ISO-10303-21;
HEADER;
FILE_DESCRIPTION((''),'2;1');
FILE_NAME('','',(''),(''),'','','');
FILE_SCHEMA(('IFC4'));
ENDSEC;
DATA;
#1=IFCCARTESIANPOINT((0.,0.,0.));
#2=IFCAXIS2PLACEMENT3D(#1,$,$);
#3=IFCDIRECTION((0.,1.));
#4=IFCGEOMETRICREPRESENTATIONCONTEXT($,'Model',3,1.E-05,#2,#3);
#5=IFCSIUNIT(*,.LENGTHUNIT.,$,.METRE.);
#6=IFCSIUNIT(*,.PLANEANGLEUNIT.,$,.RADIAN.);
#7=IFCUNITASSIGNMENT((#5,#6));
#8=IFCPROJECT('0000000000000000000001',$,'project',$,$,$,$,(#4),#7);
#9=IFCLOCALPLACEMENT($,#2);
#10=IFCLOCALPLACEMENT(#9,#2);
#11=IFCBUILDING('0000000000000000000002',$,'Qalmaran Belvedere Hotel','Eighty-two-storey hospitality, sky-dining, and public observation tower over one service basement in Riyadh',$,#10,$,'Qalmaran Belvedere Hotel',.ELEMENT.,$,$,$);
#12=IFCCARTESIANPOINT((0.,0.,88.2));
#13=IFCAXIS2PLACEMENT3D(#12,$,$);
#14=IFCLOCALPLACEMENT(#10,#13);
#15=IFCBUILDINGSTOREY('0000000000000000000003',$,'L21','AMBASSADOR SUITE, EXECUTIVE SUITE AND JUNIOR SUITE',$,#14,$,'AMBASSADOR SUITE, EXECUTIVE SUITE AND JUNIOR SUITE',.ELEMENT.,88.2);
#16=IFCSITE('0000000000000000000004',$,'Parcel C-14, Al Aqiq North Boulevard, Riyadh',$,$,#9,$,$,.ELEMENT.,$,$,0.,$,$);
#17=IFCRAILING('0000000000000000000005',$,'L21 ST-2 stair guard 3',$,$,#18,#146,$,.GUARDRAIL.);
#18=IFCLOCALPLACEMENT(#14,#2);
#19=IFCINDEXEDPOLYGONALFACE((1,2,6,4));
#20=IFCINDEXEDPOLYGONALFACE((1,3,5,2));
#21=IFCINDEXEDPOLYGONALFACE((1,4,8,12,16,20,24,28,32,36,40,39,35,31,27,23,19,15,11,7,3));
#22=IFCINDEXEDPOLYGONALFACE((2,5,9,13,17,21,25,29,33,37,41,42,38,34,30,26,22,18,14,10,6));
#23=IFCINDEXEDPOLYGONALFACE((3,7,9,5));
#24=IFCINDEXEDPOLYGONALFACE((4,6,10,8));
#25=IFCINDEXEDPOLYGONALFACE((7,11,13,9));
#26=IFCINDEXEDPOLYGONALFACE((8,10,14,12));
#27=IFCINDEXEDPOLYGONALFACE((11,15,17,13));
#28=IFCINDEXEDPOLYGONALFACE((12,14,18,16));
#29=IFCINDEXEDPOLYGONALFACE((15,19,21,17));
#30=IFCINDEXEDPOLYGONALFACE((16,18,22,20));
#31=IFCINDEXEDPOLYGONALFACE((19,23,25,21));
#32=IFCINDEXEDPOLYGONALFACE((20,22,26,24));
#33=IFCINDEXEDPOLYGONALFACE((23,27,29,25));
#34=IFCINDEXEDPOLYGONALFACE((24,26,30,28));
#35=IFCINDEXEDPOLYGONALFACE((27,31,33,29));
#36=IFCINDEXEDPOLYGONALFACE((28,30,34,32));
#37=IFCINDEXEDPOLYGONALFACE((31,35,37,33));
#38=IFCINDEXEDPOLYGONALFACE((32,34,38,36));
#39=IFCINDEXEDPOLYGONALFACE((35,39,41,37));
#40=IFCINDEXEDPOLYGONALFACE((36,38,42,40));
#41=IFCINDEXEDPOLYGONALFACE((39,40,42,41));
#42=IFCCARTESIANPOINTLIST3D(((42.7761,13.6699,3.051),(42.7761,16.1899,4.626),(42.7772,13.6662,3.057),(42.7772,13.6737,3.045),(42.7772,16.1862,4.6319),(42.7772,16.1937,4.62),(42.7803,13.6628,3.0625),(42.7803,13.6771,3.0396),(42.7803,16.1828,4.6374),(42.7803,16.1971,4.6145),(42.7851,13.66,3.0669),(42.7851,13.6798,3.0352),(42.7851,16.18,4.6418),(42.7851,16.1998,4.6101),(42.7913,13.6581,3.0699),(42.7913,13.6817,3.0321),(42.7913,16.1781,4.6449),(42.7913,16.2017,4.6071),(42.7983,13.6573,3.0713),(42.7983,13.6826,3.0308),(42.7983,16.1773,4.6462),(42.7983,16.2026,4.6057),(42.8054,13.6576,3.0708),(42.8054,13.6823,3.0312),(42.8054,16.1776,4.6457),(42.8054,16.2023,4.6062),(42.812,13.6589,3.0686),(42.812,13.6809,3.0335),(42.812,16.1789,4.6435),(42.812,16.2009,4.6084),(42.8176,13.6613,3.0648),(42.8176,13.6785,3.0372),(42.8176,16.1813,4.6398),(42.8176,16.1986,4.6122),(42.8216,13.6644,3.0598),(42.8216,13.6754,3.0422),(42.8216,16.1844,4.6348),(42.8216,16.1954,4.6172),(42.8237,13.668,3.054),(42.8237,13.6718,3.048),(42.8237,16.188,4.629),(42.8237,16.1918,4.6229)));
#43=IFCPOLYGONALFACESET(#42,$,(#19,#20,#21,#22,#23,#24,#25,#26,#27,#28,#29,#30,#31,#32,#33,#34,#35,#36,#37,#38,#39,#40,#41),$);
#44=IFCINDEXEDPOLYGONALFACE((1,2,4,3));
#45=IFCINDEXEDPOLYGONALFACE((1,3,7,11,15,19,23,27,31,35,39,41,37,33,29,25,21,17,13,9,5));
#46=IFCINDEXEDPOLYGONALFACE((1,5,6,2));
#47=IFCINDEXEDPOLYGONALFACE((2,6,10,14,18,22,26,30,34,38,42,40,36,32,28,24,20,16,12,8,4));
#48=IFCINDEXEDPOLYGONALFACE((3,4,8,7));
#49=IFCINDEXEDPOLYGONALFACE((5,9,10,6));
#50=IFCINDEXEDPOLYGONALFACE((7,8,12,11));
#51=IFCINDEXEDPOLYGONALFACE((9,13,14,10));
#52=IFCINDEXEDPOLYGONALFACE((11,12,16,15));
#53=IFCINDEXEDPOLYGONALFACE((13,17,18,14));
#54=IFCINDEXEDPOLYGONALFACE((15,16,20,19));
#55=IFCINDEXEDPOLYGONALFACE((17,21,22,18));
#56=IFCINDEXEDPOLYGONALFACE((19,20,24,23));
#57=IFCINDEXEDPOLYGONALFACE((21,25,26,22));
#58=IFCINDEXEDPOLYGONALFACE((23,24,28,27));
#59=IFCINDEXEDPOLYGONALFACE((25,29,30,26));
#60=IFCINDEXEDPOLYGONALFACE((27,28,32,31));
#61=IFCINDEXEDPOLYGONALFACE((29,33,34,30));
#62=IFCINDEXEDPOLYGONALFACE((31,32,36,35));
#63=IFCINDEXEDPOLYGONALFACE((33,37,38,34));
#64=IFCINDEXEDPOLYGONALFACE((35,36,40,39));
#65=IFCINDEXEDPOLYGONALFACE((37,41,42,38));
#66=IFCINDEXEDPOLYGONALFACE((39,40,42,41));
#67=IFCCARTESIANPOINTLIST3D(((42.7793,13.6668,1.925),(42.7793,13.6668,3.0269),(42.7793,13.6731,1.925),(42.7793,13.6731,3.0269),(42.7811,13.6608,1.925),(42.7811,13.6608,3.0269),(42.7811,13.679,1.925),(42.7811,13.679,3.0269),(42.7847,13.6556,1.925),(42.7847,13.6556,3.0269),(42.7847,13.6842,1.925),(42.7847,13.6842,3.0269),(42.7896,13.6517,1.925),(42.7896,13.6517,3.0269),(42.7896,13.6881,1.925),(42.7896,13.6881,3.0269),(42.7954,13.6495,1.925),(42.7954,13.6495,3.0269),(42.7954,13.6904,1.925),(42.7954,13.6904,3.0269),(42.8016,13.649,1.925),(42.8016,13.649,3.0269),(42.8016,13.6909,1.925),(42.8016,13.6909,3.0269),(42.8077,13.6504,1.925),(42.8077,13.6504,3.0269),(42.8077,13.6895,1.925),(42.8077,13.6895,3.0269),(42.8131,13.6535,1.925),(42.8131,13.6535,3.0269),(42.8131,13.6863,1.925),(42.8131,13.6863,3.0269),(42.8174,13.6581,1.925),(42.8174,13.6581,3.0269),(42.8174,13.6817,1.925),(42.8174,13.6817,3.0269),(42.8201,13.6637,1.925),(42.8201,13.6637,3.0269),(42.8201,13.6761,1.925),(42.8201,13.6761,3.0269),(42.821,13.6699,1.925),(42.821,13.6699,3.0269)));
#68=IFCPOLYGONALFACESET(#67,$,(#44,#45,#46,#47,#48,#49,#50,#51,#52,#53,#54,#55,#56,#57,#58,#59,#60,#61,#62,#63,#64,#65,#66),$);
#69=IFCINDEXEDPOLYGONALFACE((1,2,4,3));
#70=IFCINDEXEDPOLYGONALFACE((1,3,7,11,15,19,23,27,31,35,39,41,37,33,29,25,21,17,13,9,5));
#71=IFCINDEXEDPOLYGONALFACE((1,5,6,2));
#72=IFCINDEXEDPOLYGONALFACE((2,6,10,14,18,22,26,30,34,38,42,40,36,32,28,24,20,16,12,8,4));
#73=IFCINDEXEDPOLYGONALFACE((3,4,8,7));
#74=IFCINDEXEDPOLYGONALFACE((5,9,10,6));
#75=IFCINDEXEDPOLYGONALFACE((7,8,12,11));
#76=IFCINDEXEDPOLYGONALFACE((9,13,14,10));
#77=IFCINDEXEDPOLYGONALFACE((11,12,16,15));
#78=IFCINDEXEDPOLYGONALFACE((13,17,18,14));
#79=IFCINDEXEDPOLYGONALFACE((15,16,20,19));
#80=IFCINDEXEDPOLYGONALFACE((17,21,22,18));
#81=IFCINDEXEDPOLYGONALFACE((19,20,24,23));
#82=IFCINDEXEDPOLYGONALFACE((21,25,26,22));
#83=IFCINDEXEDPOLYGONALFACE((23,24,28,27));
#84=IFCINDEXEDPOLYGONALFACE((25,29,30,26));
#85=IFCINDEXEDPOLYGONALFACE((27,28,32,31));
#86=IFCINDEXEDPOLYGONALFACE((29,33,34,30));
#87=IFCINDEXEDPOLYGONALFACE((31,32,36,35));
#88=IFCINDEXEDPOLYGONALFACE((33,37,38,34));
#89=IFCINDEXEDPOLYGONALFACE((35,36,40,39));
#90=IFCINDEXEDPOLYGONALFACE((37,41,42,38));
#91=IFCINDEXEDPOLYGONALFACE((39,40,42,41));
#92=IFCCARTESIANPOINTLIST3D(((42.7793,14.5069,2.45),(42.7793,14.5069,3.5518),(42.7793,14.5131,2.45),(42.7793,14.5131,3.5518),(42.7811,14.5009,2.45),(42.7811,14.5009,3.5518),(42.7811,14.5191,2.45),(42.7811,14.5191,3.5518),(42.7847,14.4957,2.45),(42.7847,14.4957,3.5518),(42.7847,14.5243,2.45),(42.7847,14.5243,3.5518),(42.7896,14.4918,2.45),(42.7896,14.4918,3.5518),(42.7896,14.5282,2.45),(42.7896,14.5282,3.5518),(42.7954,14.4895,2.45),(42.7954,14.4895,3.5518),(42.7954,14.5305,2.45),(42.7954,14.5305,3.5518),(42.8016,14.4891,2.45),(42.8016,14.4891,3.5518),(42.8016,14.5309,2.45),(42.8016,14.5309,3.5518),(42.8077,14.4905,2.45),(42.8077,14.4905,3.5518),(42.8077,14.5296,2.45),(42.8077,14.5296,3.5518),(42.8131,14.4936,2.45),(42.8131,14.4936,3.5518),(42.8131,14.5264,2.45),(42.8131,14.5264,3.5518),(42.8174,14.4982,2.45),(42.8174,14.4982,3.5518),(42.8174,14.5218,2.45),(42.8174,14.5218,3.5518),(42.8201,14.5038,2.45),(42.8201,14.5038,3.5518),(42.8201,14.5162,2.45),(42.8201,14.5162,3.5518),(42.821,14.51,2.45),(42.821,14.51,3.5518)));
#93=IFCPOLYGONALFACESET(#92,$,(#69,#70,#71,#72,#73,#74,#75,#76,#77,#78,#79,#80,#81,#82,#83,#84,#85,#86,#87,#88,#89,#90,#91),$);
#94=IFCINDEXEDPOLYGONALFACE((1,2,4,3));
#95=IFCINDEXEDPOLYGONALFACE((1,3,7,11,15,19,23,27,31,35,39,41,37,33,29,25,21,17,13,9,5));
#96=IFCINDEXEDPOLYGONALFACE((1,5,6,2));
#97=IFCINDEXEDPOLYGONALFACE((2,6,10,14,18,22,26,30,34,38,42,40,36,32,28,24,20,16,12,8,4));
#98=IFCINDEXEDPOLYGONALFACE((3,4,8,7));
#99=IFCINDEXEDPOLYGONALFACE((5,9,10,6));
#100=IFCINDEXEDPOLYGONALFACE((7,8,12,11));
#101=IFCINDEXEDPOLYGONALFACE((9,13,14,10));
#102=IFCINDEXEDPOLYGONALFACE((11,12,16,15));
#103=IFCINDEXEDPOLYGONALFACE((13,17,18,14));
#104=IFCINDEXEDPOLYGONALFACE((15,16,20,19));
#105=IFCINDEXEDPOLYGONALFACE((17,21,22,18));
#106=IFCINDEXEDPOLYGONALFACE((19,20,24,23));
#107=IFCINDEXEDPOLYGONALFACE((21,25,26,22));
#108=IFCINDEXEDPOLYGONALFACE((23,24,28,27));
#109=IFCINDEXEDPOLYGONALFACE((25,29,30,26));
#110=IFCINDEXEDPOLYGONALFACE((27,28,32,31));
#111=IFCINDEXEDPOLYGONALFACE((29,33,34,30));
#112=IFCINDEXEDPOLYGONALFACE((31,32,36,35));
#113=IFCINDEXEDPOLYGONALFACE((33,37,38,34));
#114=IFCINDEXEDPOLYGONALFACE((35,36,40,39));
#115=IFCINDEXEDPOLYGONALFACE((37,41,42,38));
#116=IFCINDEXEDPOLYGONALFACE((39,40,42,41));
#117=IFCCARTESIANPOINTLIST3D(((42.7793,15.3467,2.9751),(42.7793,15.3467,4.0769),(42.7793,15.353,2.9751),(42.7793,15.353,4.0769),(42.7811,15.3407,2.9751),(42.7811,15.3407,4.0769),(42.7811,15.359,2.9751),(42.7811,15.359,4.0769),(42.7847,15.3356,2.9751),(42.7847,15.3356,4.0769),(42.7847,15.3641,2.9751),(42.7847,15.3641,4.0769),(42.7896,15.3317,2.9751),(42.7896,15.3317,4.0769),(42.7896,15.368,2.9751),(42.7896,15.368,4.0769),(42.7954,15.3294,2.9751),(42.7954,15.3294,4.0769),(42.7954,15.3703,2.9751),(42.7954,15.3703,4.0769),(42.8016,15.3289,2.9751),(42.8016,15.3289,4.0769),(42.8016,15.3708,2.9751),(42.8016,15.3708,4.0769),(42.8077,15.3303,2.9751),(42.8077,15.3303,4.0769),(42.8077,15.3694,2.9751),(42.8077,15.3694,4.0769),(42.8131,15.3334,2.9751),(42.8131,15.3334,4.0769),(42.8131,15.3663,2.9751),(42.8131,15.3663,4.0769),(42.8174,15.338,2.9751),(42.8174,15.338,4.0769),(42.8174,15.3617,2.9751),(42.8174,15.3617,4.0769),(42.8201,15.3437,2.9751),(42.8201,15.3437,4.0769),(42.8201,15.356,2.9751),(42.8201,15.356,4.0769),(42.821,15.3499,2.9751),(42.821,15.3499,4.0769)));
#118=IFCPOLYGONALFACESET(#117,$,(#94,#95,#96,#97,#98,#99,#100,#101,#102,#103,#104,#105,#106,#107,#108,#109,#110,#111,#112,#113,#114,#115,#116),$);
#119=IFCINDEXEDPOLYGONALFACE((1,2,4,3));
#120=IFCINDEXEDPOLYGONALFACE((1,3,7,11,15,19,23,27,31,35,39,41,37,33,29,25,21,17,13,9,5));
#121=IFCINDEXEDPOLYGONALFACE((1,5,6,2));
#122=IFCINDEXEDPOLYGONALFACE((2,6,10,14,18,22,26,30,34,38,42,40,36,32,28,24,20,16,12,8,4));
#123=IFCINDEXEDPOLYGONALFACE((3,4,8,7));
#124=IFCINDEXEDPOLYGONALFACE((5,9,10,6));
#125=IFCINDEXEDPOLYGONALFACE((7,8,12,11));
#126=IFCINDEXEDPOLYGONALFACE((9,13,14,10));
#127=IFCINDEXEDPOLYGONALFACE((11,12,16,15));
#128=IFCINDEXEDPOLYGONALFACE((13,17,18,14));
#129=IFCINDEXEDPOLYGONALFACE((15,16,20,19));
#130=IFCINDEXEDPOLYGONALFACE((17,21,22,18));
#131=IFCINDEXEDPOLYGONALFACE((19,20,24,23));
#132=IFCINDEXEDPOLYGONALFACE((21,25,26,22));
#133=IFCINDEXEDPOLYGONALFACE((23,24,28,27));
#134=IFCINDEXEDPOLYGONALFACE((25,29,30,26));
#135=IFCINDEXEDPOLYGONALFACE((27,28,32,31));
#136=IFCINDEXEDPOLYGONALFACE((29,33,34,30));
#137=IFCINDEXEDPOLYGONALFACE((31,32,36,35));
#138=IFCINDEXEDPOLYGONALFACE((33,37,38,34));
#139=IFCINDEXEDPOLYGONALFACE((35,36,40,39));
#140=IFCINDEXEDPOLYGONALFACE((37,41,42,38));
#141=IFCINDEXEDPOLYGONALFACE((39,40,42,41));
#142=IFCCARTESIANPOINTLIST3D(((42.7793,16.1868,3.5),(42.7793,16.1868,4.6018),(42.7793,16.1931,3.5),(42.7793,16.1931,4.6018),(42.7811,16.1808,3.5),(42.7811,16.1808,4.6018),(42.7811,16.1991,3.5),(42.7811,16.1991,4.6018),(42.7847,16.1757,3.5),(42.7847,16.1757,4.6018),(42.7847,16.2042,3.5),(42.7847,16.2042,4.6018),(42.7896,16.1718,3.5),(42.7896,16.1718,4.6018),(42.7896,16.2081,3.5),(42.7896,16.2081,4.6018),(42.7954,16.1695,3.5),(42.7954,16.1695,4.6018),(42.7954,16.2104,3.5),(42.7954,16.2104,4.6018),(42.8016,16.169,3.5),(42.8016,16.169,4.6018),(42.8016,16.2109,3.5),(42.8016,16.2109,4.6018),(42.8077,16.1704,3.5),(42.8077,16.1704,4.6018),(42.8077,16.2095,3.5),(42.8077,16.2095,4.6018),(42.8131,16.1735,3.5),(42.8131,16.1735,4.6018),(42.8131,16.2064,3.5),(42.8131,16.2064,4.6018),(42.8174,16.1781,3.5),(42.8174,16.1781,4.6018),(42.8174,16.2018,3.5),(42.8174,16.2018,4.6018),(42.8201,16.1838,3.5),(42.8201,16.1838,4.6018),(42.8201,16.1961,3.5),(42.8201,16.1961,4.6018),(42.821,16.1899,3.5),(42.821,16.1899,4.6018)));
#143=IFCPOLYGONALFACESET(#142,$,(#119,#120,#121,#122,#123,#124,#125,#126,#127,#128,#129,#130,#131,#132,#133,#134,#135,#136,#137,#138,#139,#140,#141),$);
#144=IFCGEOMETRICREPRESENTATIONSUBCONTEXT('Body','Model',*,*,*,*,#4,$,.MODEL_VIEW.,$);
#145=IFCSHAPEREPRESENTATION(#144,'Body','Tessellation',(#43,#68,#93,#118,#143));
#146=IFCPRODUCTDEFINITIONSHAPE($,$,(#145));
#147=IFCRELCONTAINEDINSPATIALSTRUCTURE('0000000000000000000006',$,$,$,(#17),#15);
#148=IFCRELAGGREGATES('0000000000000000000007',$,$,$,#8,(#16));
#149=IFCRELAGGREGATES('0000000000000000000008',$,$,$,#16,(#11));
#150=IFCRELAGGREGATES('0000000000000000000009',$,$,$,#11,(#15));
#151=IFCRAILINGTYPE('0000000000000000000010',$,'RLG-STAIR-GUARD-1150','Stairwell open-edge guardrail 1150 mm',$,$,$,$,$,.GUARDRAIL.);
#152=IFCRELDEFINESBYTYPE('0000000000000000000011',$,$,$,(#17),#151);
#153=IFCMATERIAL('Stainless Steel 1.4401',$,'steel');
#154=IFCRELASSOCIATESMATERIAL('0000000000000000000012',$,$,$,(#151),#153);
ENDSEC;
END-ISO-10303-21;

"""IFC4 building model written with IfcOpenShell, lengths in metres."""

from ifc_helpers import new_model, si_unit, direction, frame, origin, origin_2d, place, context, subcontext, project, spatial, circle, extrude, material, type_object, element, save


model = new_model("IFC4")

# Units and contexts
model_context = context("Model", 3, precision=1e-05, world=origin(), true_north=direction((0.0, 1.0)))
body_context = subcontext(model_context, "Body", "Model", "MODEL_VIEW")
ifc_project = project(units=[si_unit("LENGTHUNIT", "METRE"), si_unit("PLANEANGLEUNIT", "RADIAN")], contexts=[model_context])

# Site, building, storey
site_placement = place(None, origin())
site = spatial("IfcSite", under=ifc_project, at=site_placement, Name="Parcel C-14, Al Aqiq North Boulevard, Riyadh", CompositionType="ELEMENT", RefElevation=0.0)
building_placement = place(site_placement, origin())
building = spatial("IfcBuilding", under=site, at=building_placement, Name="Qalmaran Belvedere Hotel", Description="Eighty-two-storey hospitality, sky-dining, and public observation tower over one service basement in Riyadh", LongName="Qalmaran Belvedere Hotel", CompositionType="ELEMENT")
storey_placement = place(building_placement, frame((0.0, 0.0, 88.2)))
storey = spatial("IfcBuildingStorey", under=building, at=storey_placement, Name="L21", Description="AMBASSADOR SUITE, EXECUTIVE SUITE AND JUNIOR SUITE", LongName="AMBASSADOR SUITE, EXECUTIVE SUITE AND JUNIOR SUITE", CompositionType="ELEMENT", Elevation=88.2)

# Shared definitions
ifc_material_1 = material(Name="Stainless Steel 1.4401", Category="steel")

# Railing
railing_type_1 = type_object("IfcRailingType", Name="RLG-STAIR-GUARD-1150", Description="Stairwell open-edge guardrail 1150 mm", PredefinedType="GUARDRAIL", material=ifc_material_1)
railing_1_placement = place(storey_placement, frame((42.8, 13.6699, 1.925)))
element("IfcRailing", 1, at=railing_1_placement, inside=storey, type_object=railing_type_1, Name="L21 ST-2 stair guard 3", PredefinedType="GUARDRAIL", context=body_context, shape_type="SweptSolid", body=[
    extrude(circle(Radius=0.0239, at=origin_2d()), frame((0.0, 0.0, 1.126), z_axis=(0.0, 0.848008, 0.529984), x_axis=(-1.0, 0.0, 0.0)), (0.0, 0.0, 1.0), 2.9717),
    extrude(circle(Radius=0.021, at=origin_2d()), origin(), (0.0, 0.0, 1.0), 1.1018),
    extrude(circle(Radius=0.021, at=origin_2d()), frame((0.0, 0.8401, 0.5249)), (0.0, 0.0, 1.0), 1.1018),
    extrude(circle(Radius=0.021, at=origin_2d()), frame((0.0, 1.6799, 1.05)), (0.0, 0.0, 1.0), 1.1018),
    extrude(circle(Radius=0.021, at=origin_2d()), frame((0.0, 2.52, 1.575)), (0.0, 0.0, 1.0), 1.1018),
])

save(model, "model.ifc")
